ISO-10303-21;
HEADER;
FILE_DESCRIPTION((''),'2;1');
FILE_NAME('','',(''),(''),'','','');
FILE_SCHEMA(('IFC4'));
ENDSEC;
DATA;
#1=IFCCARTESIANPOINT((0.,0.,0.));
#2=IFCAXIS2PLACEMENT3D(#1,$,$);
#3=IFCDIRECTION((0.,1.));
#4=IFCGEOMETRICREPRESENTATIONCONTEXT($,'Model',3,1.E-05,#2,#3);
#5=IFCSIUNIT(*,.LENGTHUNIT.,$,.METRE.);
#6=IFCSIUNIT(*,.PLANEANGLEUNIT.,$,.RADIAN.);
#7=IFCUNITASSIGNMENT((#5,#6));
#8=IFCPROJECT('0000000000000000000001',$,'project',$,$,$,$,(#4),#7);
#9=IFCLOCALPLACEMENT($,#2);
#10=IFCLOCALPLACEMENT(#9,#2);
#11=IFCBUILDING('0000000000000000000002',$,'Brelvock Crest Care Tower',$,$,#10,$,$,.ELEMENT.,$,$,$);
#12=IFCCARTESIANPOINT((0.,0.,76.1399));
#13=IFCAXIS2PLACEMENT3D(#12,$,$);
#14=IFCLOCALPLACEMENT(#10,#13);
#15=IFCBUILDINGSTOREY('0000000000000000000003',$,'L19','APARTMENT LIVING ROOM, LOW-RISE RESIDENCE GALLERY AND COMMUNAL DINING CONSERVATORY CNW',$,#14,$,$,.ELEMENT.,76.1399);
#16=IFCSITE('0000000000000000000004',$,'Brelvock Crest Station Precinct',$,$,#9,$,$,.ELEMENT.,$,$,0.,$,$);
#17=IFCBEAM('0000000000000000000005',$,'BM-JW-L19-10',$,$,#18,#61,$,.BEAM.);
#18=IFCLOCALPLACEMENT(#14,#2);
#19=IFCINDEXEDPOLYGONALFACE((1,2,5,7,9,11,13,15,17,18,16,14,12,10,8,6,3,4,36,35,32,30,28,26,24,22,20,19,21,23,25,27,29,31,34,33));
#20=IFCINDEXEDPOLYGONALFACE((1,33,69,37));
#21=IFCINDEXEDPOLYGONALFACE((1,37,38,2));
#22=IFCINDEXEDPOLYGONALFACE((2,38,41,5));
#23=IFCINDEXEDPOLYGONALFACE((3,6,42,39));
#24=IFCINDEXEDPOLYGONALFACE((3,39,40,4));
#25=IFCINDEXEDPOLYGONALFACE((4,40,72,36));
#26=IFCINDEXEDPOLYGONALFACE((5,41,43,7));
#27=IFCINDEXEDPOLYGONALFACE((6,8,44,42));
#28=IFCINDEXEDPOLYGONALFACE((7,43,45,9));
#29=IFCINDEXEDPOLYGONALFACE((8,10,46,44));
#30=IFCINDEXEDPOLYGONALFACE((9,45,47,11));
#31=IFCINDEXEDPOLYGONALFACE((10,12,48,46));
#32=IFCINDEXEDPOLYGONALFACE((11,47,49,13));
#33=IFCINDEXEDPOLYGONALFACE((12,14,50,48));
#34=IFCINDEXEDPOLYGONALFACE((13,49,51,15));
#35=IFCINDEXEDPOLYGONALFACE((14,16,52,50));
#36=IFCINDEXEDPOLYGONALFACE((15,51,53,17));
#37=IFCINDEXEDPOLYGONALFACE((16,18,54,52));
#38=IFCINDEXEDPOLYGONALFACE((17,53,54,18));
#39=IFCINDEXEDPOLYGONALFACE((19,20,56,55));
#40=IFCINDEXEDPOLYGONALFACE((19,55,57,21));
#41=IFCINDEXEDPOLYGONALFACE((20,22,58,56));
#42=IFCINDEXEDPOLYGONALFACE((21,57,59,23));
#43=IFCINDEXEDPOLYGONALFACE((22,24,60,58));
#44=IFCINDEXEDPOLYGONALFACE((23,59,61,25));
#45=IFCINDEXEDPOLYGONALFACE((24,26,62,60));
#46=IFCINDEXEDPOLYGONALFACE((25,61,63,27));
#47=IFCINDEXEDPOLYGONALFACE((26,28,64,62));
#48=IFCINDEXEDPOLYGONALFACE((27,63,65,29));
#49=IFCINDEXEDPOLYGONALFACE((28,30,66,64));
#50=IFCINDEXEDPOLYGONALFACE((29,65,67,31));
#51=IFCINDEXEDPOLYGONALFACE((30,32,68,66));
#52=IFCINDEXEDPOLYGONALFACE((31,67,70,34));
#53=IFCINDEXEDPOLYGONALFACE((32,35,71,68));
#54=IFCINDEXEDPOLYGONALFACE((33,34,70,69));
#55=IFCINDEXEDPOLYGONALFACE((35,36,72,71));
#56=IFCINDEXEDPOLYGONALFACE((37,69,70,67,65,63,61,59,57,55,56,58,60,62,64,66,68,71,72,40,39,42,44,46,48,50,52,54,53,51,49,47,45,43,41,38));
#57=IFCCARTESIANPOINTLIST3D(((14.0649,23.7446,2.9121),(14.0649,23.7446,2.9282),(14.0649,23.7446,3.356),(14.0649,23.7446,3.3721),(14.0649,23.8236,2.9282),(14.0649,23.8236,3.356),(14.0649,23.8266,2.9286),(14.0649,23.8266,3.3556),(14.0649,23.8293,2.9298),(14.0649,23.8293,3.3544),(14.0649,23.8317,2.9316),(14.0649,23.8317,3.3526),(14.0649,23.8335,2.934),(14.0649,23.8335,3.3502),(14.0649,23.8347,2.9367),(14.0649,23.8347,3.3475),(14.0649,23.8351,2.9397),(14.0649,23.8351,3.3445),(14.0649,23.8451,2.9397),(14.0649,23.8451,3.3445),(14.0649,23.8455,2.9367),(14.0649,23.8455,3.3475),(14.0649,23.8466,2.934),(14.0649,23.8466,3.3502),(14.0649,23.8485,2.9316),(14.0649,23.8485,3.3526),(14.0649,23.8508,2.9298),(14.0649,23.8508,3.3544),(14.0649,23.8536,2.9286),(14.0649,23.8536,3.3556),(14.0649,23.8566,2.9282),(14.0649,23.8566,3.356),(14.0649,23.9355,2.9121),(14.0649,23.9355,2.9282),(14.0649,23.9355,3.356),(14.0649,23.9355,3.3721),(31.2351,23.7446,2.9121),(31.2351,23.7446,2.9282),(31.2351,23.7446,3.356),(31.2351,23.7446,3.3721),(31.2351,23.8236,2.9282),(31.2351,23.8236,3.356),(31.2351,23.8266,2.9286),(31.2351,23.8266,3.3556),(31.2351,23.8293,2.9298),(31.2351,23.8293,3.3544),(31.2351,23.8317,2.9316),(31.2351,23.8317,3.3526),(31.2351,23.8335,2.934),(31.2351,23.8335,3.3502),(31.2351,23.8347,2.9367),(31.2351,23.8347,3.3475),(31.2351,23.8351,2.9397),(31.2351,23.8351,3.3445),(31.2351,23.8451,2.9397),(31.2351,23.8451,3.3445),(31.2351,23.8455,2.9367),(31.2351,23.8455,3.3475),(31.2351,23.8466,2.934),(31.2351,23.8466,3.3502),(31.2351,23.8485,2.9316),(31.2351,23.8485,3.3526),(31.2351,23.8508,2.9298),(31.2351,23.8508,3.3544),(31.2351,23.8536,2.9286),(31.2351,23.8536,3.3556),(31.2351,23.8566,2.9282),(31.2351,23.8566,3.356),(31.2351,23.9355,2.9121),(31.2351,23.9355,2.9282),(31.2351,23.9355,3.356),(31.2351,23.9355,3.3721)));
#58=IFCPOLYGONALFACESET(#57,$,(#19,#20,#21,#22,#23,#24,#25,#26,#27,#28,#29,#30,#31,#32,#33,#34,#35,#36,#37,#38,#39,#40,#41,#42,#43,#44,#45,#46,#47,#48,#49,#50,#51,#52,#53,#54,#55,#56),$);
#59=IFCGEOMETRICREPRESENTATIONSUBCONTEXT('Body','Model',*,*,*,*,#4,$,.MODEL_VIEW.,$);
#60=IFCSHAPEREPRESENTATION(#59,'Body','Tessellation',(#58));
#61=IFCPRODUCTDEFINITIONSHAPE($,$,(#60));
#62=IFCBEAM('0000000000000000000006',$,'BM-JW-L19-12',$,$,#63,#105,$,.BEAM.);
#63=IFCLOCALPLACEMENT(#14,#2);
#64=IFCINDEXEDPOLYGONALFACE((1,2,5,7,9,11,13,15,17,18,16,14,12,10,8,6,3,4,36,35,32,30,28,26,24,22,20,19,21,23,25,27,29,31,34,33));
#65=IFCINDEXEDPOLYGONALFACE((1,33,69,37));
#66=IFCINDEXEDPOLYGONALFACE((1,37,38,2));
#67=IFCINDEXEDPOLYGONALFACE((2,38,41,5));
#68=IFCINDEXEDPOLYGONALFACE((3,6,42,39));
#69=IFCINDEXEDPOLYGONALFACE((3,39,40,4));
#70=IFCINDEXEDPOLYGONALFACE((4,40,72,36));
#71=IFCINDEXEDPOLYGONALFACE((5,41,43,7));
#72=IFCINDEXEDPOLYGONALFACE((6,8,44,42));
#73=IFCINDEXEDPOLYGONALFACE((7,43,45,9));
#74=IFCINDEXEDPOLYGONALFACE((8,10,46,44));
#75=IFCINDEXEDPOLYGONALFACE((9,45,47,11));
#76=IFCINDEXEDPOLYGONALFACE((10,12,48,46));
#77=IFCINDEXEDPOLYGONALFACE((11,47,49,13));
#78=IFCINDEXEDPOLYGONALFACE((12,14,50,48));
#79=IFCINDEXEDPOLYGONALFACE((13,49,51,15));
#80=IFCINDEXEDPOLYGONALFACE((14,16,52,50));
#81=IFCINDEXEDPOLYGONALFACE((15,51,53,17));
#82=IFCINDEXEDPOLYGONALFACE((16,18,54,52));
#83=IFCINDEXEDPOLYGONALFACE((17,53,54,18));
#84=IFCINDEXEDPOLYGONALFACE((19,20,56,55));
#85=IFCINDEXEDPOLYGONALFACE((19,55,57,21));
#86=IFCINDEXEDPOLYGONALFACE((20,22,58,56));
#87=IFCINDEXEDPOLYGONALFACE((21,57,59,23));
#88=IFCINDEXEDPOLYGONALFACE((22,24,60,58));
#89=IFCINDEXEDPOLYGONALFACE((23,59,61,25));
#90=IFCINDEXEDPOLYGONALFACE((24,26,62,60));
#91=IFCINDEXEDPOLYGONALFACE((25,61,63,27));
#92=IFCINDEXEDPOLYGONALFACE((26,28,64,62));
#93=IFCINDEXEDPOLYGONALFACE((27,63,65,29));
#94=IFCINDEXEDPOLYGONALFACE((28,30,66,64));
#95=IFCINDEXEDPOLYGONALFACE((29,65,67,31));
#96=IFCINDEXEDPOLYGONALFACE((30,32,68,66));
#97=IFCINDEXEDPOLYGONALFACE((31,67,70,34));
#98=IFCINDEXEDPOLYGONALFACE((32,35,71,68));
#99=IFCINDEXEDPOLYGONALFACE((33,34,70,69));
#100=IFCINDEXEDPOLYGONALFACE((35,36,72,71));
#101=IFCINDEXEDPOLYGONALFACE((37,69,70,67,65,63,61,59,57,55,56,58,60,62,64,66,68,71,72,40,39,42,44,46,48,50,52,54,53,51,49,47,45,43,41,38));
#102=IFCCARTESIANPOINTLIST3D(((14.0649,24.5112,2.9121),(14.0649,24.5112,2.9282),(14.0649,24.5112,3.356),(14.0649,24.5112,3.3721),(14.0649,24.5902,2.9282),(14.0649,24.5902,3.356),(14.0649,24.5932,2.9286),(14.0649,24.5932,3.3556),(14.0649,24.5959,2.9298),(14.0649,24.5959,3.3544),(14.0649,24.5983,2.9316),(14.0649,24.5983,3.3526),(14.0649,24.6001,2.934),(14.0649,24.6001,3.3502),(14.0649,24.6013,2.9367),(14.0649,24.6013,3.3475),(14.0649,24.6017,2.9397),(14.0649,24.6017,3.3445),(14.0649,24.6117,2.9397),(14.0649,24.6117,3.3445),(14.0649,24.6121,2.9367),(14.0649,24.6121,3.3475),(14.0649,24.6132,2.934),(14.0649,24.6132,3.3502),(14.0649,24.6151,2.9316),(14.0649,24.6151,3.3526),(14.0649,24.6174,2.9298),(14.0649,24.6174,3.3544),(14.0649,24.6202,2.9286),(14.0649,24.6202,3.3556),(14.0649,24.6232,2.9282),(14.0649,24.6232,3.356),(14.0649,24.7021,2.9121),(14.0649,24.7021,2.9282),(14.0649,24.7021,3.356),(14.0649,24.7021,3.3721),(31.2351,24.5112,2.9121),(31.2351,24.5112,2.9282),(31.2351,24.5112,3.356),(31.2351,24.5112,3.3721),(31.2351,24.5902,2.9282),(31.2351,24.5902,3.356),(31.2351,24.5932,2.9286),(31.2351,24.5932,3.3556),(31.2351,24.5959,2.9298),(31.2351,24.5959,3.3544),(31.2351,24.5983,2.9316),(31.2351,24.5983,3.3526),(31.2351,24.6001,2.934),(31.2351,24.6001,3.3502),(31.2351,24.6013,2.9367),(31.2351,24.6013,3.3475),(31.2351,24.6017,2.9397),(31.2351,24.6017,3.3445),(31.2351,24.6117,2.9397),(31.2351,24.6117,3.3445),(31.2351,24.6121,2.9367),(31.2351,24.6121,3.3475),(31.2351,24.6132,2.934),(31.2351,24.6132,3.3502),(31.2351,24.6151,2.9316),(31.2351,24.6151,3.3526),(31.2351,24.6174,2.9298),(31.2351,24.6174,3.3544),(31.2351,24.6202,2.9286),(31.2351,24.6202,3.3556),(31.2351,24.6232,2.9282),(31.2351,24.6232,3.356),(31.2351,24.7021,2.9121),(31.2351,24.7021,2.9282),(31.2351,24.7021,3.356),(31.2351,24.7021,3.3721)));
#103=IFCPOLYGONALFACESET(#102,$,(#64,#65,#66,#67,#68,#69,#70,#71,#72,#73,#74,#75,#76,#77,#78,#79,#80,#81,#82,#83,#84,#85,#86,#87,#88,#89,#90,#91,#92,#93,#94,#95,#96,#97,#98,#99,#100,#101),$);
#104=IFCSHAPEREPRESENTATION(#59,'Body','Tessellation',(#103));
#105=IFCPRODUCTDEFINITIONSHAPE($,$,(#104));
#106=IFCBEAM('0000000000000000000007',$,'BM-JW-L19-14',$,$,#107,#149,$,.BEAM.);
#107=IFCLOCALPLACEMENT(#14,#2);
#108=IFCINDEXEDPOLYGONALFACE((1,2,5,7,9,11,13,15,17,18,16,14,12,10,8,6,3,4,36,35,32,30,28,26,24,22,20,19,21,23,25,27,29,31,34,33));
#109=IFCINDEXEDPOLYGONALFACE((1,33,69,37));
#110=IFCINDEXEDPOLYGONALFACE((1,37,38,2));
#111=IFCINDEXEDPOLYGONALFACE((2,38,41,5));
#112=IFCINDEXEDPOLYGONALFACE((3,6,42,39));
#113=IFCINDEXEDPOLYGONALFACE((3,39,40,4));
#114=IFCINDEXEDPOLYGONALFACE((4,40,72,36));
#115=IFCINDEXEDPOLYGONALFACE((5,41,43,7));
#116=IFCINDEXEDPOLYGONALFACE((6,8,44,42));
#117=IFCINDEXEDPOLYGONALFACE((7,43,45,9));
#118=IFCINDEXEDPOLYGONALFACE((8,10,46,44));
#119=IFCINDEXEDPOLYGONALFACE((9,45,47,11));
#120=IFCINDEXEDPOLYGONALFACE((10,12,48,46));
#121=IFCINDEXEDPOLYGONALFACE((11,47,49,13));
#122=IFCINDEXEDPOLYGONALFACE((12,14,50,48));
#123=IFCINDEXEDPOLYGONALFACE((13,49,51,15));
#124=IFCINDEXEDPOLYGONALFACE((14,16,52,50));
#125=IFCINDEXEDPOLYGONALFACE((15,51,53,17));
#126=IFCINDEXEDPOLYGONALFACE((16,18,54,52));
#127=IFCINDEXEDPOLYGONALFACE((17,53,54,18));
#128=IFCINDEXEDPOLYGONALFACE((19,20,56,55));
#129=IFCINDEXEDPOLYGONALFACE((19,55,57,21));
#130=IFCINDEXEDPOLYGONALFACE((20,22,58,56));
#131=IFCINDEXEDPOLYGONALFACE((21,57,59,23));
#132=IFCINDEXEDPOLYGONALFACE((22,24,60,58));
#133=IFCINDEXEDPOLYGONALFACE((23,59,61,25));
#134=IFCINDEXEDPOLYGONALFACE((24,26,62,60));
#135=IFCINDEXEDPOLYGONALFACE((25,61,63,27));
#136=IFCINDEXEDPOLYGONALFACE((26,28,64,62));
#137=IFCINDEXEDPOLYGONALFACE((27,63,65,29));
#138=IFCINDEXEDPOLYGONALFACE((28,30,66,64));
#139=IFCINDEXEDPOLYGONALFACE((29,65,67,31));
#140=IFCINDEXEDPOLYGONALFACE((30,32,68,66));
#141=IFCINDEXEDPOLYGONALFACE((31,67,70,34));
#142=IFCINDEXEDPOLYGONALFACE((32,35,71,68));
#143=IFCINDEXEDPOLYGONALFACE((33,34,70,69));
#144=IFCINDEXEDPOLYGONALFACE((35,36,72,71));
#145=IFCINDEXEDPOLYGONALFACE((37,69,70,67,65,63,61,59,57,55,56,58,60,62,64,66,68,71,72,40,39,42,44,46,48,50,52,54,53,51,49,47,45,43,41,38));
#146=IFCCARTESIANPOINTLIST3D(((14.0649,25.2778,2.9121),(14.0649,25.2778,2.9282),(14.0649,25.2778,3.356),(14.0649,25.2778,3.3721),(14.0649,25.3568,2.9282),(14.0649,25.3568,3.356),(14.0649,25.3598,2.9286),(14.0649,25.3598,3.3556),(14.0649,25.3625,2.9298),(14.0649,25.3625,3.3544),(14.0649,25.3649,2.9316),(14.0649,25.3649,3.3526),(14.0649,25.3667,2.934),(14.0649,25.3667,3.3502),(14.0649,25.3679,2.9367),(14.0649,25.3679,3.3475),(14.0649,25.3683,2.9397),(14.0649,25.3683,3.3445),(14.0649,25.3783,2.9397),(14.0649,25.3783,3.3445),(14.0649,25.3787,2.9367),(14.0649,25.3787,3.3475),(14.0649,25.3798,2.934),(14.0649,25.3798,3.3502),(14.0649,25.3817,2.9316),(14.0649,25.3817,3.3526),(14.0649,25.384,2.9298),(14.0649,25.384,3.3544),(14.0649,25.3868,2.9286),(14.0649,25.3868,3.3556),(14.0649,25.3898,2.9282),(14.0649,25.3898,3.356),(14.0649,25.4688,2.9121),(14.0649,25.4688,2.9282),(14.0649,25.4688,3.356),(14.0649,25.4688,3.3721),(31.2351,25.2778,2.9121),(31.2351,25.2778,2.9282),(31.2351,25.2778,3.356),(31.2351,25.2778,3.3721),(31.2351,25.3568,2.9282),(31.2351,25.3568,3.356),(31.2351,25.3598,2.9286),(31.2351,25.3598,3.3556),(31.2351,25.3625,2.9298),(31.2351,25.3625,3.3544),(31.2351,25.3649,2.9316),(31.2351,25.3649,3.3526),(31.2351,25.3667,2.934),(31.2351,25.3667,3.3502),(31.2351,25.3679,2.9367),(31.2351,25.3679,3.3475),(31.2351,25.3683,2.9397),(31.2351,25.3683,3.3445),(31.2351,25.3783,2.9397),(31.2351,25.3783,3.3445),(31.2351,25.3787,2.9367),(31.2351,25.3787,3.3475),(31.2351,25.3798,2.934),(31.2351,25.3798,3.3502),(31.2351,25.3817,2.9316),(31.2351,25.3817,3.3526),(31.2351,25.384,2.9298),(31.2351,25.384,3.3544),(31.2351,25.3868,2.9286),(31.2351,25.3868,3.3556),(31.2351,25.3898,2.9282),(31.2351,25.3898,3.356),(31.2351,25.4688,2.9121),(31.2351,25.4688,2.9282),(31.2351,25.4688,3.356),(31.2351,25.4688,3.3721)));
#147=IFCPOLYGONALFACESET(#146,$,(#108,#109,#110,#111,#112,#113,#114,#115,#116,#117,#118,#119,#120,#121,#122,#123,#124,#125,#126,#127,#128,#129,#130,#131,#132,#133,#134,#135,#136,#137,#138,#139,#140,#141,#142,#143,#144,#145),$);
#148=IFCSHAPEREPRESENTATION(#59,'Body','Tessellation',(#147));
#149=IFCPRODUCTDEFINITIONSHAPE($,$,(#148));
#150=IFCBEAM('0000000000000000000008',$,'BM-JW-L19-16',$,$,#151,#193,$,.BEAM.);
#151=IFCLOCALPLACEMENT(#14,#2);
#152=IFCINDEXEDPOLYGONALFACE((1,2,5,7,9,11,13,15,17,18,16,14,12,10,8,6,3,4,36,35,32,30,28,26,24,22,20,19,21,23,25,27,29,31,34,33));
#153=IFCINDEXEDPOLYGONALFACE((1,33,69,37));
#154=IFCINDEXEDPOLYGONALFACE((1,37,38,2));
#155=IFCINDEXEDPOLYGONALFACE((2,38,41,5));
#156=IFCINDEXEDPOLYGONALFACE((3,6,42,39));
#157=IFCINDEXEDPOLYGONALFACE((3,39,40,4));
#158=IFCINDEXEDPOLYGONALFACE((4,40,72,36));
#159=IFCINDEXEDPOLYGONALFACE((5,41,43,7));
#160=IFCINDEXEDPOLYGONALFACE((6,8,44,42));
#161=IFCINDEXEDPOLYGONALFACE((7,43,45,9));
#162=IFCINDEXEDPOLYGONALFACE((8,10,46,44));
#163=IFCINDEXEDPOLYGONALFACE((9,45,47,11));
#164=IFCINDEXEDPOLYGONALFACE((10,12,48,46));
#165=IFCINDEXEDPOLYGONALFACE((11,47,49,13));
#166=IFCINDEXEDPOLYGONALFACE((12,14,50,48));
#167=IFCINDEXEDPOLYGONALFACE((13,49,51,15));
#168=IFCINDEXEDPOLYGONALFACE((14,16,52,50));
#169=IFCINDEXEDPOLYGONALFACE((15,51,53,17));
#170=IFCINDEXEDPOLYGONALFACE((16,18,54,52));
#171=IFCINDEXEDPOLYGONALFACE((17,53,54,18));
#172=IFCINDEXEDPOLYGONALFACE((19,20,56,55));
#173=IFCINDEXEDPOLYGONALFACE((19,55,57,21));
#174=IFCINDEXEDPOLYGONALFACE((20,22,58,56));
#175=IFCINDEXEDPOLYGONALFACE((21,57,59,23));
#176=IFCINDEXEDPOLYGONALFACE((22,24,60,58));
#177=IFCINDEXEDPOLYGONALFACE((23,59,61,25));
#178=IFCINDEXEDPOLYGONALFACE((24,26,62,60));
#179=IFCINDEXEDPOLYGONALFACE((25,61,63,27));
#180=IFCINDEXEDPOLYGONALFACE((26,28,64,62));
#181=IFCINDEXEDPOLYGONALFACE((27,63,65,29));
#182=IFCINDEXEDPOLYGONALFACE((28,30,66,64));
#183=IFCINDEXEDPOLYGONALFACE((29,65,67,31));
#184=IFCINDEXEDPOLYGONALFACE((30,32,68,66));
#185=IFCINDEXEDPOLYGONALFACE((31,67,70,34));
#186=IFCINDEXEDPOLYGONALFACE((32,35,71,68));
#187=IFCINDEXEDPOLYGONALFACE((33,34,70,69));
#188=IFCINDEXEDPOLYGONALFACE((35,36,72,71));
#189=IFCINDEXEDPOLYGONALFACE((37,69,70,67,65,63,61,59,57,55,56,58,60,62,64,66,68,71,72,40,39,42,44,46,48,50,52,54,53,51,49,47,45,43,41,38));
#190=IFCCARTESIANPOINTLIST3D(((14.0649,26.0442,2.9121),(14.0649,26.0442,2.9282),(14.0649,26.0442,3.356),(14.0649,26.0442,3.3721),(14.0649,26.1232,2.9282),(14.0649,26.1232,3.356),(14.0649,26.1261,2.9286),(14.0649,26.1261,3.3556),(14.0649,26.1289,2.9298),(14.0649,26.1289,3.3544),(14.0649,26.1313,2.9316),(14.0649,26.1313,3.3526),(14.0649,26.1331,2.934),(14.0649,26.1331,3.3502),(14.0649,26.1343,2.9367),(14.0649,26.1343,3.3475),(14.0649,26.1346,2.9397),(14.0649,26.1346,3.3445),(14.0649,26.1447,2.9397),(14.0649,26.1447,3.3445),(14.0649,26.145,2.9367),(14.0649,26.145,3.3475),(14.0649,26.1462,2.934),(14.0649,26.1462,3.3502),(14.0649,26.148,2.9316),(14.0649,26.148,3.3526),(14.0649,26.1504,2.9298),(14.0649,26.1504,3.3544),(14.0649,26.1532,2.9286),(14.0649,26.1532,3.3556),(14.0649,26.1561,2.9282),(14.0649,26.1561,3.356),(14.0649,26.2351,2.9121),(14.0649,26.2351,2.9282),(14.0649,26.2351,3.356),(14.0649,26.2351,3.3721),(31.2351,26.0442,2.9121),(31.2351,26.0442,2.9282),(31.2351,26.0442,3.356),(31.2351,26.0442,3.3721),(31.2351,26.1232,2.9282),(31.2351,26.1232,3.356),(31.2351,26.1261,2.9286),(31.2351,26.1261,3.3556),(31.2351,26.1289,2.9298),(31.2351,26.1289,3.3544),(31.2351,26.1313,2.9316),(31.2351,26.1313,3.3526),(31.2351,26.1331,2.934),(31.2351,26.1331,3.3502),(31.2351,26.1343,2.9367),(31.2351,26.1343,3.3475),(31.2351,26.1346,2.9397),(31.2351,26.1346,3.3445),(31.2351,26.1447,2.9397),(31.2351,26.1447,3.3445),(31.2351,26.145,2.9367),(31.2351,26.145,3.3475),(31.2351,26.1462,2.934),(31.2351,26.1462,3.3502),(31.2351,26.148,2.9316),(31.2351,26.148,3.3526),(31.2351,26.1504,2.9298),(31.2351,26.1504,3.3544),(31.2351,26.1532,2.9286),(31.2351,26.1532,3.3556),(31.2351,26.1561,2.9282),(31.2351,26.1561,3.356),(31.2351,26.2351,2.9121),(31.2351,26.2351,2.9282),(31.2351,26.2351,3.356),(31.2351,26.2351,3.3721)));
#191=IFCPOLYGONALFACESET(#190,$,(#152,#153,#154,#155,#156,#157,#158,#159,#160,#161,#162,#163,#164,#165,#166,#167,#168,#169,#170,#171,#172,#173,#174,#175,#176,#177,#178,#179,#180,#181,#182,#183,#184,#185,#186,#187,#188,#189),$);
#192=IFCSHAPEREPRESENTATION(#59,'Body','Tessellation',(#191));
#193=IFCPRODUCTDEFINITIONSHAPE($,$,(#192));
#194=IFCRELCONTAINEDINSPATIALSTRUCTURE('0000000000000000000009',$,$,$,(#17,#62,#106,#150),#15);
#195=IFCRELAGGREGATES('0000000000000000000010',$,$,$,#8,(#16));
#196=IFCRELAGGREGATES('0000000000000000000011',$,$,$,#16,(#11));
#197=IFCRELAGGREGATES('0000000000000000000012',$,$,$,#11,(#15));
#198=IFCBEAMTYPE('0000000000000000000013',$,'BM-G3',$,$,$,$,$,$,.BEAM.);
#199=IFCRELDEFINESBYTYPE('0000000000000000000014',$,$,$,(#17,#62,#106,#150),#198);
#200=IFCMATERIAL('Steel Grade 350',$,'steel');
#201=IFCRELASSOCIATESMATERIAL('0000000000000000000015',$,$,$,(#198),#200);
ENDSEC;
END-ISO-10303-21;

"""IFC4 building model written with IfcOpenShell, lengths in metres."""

from ifc_helpers import new_model, si_unit, direction, frame, origin, origin_2d, place, context, subcontext, project, spatial, i_section, extrude, source, transform, mapped, material, material_profile, profile_set, type_object, element, save


model = new_model("IFC4")

# Units and contexts
model_context = context("Model", 3, precision=1e-05, world=origin(), true_north=direction((0.0, 1.0)))
body_context = subcontext(model_context, "Body", "Model", "MODEL_VIEW")
ifc_project = project(units=[si_unit("LENGTHUNIT", "METRE"), si_unit("PLANEANGLEUNIT", "RADIAN")], contexts=[model_context])

# Site, building, storey
site_placement = place(None, origin())
site = spatial("IfcSite", under=ifc_project, at=site_placement, Name="Brelvock Crest Station Precinct", CompositionType="ELEMENT", RefElevation=0.0)
building_placement = place(site_placement, origin())
building = spatial("IfcBuilding", under=site, at=building_placement, Name="Brelvock Crest Care Tower", CompositionType="ELEMENT")
storey_placement = place(building_placement, frame((0.0, 0.0, 76.1399)))
storey = spatial("IfcBuildingStorey", under=building, at=storey_placement, Name="L19", Description="APARTMENT LIVING ROOM, LOW-RISE RESIDENCE GALLERY AND COMMUNAL DINING CONSERVATORY CNW", CompositionType="ELEMENT", Elevation=76.1399)

# Beams
ifc_material_1 = material(Name="Steel Grade 350", Category="steel")
ifc_material_profile_1 = material_profile(ifc_material_1, i_section(OverallWidth=0.1909, OverallDepth=0.46, WebThickness=0.01, FlangeThickness=0.0161, FilletRadius=0.0115, at=origin_2d()), Name="460UB82.1")
ifc_profile_set_1 = profile_set([ifc_material_profile_1], Name="Steel Grade 350")
beam_type_1 = type_object("IfcBeamType", Name="BM-G3", PredefinedType="BEAM", material=ifc_profile_set_1)
shared_shape_1 = source(origin(), body_context, "Body", "SweptSolid", [
    extrude(i_section(OverallWidth=0.1909, OverallDepth=0.46, WebThickness=0.01, FlangeThickness=0.0161, FilletRadius=0.0115, at=origin_2d()), origin(), (0.0, 0.0, 1.0), 17.1702),
])
for number, where, z_axis, x_axis, name in (
    (1, (14.0649, 23.8401, 3.1421), (1.0, 0.0, 0.0), (0.0, 1.0, 0.0), "BM-JW-L19-10"),
    (2, (14.0649, 24.6067, 3.1421), (1.0, 0.0, 0.0), (0.0, 1.0, 0.0), "BM-JW-L19-12"),
    (3, (14.0649, 25.3733, 3.1421), (1.0, 0.0, 0.0), (0.0, 1.0, 0.0), "BM-JW-L19-14"),
    (4, (14.0649, 26.1396, 3.1421), (1.0, 0.0, 0.0), (0.0, 1.0, 0.0), "BM-JW-L19-16"),
):
    element("IfcBeam", number, at=place(storey_placement, frame(where, z_axis=z_axis, x_axis=x_axis)), inside=storey, type_object=beam_type_1, Name=name, PredefinedType="BEAM", context=body_context, shape_type="MappedRepresentation", body=[
        mapped(shared_shape_1, transform((0.0, 0.0, 0.0), x_axis=(1.0, 0.0, 0.0), y_axis=(0.0, 1.0, 0.0), z_axis=(0.0, 0.0, 1.0), scale=1.0)),
    ])

save(model, "model.ifc")
